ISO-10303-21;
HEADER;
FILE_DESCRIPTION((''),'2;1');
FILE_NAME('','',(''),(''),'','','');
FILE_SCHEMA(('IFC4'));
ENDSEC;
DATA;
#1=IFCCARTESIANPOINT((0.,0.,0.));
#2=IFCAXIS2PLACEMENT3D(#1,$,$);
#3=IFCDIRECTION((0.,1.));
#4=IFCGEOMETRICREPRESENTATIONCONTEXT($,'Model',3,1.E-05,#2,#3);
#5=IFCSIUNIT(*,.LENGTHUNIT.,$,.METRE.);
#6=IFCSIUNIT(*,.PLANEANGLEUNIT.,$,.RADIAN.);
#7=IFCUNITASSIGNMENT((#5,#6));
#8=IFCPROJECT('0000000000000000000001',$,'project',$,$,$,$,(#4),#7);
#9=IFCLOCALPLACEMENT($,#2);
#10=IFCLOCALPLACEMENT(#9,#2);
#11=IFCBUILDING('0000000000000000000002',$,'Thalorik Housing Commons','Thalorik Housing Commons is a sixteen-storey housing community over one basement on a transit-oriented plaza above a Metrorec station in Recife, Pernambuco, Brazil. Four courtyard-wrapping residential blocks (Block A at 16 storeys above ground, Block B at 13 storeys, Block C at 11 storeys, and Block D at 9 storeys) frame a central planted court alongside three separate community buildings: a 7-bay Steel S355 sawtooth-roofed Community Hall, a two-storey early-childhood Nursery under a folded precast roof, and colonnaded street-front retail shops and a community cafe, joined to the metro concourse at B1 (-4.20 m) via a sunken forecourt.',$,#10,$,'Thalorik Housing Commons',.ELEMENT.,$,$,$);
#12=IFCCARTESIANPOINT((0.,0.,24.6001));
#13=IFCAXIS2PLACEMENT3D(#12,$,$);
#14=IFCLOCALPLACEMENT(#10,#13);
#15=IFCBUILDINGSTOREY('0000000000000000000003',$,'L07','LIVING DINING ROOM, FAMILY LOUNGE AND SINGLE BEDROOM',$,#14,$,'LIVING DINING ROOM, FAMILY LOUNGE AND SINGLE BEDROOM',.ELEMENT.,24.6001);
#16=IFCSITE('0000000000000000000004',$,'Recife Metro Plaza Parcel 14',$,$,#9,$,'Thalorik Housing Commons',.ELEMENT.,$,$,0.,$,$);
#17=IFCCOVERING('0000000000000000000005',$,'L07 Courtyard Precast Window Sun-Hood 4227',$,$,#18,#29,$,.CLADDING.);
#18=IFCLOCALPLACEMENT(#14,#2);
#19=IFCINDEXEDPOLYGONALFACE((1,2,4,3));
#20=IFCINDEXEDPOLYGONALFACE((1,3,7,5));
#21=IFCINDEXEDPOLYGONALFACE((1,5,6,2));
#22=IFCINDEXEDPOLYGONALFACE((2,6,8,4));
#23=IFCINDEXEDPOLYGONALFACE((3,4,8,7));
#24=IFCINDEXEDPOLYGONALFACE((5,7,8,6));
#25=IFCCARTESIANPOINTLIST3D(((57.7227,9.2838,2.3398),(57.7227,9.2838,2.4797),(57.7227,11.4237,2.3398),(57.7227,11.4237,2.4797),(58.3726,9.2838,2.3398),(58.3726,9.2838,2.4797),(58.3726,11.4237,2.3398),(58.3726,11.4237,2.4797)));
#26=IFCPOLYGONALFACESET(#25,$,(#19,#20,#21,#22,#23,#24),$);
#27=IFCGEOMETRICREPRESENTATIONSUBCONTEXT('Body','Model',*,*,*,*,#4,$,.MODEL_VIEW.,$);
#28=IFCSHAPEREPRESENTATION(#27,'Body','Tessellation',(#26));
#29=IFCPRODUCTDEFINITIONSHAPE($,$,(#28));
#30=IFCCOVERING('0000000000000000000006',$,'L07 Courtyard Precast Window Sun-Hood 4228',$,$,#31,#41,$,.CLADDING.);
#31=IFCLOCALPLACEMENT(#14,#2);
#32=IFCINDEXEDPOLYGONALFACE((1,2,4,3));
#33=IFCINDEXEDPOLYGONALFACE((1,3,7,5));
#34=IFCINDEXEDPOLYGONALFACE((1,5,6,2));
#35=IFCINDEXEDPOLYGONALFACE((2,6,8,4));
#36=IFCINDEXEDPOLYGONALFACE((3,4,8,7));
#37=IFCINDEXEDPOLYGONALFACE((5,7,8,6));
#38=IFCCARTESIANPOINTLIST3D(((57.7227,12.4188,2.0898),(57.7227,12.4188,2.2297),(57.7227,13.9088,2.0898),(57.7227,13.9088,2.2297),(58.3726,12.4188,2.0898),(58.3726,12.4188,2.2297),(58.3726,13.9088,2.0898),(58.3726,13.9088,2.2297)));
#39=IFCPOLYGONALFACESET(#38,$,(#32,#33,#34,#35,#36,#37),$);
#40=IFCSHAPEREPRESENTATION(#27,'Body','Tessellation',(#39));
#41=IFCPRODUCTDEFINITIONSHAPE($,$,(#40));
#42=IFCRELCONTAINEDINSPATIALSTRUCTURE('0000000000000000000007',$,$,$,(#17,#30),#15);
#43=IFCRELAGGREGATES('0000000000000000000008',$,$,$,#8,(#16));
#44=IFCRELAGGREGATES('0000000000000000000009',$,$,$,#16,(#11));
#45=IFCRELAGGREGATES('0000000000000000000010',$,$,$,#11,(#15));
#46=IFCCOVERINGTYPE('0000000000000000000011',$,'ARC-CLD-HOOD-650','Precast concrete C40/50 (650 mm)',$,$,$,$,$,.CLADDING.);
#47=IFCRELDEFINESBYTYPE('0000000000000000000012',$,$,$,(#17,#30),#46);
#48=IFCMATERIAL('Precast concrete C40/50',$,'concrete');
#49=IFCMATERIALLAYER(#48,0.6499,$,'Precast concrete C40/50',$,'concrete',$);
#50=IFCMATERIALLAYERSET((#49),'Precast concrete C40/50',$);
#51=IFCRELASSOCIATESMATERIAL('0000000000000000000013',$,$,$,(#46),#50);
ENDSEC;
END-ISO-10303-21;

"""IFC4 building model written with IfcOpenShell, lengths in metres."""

from ifc_helpers import new_model, si_unit, direction, frame, origin, origin_2d, place, context, subcontext, project, spatial, rectangle, extrude, material, layer, layer_set, type_object, element, save


model = new_model("IFC4")

# Units and contexts
model_context = context("Model", 3, precision=1e-05, world=origin(), true_north=direction((0.0, 1.0)))
body_context = subcontext(model_context, "Body", "Model", "MODEL_VIEW")
ifc_project = project(units=[si_unit("LENGTHUNIT", "METRE"), si_unit("PLANEANGLEUNIT", "RADIAN")], contexts=[model_context])

# Site, building, storey
site_placement = place(None, origin())
site = spatial("IfcSite", under=ifc_project, at=site_placement, Name="Recife Metro Plaza Parcel 14", LongName="Thalorik Housing Commons", CompositionType="ELEMENT", RefElevation=0.0)
building_placement = place(site_placement, origin())
building = spatial("IfcBuilding", under=site, at=building_placement, Name="Thalorik Housing Commons", Description="Thalorik Housing Commons is a sixteen-storey housing community over one basement on a transit-oriented plaza above a Metrorec station in Recife, Pernambuco, Brazil. Four courtyard-wrapping residential blocks (Block A at 16 storeys above ground, Block B at 13 storeys, Block C at 11 storeys, and Block D at 9 storeys) frame a central planted court alongside three separate community buildings: a 7-bay Steel S355 sawtooth-roofed Community Hall, a two-storey early-childhood Nursery under a folded precast roof, and colonnaded street-front retail shops and a community cafe, joined to the metro concourse at B1 (-4.20 m) via a sunken forecourt.", LongName="Thalorik Housing Commons", CompositionType="ELEMENT")
storey_placement = place(building_placement, frame((0.0, 0.0, 24.6001)))
storey = spatial("IfcBuildingStorey", under=building, at=storey_placement, Name="L07", Description="LIVING DINING ROOM, FAMILY LOUNGE AND SINGLE BEDROOM", LongName="LIVING DINING ROOM, FAMILY LOUNGE AND SINGLE BEDROOM", CompositionType="ELEMENT", Elevation=24.6001)

# Shared definitions
ifc_material_1 = material(Name="Precast concrete C40/50", Category="concrete")

# Coverings
ifc_layer_1 = layer(ifc_material_1, 0.6499, Name="Precast concrete C40/50", Category="concrete")
ifc_layer_set_1 = layer_set([ifc_layer_1], Name="Precast concrete C40/50")
covering_type_1 = type_object("IfcCoveringType", Name="ARC-CLD-HOOD-650", Description="Precast concrete C40/50 (650 mm)", PredefinedType="CLADDING", material=ifc_layer_set_1)
covering_1_placement = place(storey_placement, frame((58.0476, 10.3538, 2.3398), z_axis=(0.0, 0.0, 1.0), x_axis=(0.0, 1.0, 0.0)))
element("IfcCovering", 1, at=covering_1_placement, inside=storey, type_object=covering_type_1, Name="L07 Courtyard Precast Window Sun-Hood 4227", PredefinedType="CLADDING", context=body_context, shape_type="SweptSolid", body=[
    extrude(rectangle(XDim=2.1399, YDim=0.6499, at=origin_2d()), origin(), (0.0, 0.0, 1.0), 0.1399),
])
covering_2_placement = place(storey_placement, frame((58.0476, 13.1638, 2.0898), z_axis=(0.0, 0.0, 1.0), x_axis=(0.0, 1.0, 0.0)))
element("IfcCovering", 2, at=covering_2_placement, inside=storey, type_object=covering_type_1, Name="L07 Courtyard Precast Window Sun-Hood 4228", PredefinedType="CLADDING", context=body_context, shape_type="SweptSolid", body=[
    extrude(rectangle(XDim=1.49, YDim=0.6499, at=origin_2d()), origin(), (0.0, 0.0, 1.0), 0.1399),
])

save(model, "model.ifc")
